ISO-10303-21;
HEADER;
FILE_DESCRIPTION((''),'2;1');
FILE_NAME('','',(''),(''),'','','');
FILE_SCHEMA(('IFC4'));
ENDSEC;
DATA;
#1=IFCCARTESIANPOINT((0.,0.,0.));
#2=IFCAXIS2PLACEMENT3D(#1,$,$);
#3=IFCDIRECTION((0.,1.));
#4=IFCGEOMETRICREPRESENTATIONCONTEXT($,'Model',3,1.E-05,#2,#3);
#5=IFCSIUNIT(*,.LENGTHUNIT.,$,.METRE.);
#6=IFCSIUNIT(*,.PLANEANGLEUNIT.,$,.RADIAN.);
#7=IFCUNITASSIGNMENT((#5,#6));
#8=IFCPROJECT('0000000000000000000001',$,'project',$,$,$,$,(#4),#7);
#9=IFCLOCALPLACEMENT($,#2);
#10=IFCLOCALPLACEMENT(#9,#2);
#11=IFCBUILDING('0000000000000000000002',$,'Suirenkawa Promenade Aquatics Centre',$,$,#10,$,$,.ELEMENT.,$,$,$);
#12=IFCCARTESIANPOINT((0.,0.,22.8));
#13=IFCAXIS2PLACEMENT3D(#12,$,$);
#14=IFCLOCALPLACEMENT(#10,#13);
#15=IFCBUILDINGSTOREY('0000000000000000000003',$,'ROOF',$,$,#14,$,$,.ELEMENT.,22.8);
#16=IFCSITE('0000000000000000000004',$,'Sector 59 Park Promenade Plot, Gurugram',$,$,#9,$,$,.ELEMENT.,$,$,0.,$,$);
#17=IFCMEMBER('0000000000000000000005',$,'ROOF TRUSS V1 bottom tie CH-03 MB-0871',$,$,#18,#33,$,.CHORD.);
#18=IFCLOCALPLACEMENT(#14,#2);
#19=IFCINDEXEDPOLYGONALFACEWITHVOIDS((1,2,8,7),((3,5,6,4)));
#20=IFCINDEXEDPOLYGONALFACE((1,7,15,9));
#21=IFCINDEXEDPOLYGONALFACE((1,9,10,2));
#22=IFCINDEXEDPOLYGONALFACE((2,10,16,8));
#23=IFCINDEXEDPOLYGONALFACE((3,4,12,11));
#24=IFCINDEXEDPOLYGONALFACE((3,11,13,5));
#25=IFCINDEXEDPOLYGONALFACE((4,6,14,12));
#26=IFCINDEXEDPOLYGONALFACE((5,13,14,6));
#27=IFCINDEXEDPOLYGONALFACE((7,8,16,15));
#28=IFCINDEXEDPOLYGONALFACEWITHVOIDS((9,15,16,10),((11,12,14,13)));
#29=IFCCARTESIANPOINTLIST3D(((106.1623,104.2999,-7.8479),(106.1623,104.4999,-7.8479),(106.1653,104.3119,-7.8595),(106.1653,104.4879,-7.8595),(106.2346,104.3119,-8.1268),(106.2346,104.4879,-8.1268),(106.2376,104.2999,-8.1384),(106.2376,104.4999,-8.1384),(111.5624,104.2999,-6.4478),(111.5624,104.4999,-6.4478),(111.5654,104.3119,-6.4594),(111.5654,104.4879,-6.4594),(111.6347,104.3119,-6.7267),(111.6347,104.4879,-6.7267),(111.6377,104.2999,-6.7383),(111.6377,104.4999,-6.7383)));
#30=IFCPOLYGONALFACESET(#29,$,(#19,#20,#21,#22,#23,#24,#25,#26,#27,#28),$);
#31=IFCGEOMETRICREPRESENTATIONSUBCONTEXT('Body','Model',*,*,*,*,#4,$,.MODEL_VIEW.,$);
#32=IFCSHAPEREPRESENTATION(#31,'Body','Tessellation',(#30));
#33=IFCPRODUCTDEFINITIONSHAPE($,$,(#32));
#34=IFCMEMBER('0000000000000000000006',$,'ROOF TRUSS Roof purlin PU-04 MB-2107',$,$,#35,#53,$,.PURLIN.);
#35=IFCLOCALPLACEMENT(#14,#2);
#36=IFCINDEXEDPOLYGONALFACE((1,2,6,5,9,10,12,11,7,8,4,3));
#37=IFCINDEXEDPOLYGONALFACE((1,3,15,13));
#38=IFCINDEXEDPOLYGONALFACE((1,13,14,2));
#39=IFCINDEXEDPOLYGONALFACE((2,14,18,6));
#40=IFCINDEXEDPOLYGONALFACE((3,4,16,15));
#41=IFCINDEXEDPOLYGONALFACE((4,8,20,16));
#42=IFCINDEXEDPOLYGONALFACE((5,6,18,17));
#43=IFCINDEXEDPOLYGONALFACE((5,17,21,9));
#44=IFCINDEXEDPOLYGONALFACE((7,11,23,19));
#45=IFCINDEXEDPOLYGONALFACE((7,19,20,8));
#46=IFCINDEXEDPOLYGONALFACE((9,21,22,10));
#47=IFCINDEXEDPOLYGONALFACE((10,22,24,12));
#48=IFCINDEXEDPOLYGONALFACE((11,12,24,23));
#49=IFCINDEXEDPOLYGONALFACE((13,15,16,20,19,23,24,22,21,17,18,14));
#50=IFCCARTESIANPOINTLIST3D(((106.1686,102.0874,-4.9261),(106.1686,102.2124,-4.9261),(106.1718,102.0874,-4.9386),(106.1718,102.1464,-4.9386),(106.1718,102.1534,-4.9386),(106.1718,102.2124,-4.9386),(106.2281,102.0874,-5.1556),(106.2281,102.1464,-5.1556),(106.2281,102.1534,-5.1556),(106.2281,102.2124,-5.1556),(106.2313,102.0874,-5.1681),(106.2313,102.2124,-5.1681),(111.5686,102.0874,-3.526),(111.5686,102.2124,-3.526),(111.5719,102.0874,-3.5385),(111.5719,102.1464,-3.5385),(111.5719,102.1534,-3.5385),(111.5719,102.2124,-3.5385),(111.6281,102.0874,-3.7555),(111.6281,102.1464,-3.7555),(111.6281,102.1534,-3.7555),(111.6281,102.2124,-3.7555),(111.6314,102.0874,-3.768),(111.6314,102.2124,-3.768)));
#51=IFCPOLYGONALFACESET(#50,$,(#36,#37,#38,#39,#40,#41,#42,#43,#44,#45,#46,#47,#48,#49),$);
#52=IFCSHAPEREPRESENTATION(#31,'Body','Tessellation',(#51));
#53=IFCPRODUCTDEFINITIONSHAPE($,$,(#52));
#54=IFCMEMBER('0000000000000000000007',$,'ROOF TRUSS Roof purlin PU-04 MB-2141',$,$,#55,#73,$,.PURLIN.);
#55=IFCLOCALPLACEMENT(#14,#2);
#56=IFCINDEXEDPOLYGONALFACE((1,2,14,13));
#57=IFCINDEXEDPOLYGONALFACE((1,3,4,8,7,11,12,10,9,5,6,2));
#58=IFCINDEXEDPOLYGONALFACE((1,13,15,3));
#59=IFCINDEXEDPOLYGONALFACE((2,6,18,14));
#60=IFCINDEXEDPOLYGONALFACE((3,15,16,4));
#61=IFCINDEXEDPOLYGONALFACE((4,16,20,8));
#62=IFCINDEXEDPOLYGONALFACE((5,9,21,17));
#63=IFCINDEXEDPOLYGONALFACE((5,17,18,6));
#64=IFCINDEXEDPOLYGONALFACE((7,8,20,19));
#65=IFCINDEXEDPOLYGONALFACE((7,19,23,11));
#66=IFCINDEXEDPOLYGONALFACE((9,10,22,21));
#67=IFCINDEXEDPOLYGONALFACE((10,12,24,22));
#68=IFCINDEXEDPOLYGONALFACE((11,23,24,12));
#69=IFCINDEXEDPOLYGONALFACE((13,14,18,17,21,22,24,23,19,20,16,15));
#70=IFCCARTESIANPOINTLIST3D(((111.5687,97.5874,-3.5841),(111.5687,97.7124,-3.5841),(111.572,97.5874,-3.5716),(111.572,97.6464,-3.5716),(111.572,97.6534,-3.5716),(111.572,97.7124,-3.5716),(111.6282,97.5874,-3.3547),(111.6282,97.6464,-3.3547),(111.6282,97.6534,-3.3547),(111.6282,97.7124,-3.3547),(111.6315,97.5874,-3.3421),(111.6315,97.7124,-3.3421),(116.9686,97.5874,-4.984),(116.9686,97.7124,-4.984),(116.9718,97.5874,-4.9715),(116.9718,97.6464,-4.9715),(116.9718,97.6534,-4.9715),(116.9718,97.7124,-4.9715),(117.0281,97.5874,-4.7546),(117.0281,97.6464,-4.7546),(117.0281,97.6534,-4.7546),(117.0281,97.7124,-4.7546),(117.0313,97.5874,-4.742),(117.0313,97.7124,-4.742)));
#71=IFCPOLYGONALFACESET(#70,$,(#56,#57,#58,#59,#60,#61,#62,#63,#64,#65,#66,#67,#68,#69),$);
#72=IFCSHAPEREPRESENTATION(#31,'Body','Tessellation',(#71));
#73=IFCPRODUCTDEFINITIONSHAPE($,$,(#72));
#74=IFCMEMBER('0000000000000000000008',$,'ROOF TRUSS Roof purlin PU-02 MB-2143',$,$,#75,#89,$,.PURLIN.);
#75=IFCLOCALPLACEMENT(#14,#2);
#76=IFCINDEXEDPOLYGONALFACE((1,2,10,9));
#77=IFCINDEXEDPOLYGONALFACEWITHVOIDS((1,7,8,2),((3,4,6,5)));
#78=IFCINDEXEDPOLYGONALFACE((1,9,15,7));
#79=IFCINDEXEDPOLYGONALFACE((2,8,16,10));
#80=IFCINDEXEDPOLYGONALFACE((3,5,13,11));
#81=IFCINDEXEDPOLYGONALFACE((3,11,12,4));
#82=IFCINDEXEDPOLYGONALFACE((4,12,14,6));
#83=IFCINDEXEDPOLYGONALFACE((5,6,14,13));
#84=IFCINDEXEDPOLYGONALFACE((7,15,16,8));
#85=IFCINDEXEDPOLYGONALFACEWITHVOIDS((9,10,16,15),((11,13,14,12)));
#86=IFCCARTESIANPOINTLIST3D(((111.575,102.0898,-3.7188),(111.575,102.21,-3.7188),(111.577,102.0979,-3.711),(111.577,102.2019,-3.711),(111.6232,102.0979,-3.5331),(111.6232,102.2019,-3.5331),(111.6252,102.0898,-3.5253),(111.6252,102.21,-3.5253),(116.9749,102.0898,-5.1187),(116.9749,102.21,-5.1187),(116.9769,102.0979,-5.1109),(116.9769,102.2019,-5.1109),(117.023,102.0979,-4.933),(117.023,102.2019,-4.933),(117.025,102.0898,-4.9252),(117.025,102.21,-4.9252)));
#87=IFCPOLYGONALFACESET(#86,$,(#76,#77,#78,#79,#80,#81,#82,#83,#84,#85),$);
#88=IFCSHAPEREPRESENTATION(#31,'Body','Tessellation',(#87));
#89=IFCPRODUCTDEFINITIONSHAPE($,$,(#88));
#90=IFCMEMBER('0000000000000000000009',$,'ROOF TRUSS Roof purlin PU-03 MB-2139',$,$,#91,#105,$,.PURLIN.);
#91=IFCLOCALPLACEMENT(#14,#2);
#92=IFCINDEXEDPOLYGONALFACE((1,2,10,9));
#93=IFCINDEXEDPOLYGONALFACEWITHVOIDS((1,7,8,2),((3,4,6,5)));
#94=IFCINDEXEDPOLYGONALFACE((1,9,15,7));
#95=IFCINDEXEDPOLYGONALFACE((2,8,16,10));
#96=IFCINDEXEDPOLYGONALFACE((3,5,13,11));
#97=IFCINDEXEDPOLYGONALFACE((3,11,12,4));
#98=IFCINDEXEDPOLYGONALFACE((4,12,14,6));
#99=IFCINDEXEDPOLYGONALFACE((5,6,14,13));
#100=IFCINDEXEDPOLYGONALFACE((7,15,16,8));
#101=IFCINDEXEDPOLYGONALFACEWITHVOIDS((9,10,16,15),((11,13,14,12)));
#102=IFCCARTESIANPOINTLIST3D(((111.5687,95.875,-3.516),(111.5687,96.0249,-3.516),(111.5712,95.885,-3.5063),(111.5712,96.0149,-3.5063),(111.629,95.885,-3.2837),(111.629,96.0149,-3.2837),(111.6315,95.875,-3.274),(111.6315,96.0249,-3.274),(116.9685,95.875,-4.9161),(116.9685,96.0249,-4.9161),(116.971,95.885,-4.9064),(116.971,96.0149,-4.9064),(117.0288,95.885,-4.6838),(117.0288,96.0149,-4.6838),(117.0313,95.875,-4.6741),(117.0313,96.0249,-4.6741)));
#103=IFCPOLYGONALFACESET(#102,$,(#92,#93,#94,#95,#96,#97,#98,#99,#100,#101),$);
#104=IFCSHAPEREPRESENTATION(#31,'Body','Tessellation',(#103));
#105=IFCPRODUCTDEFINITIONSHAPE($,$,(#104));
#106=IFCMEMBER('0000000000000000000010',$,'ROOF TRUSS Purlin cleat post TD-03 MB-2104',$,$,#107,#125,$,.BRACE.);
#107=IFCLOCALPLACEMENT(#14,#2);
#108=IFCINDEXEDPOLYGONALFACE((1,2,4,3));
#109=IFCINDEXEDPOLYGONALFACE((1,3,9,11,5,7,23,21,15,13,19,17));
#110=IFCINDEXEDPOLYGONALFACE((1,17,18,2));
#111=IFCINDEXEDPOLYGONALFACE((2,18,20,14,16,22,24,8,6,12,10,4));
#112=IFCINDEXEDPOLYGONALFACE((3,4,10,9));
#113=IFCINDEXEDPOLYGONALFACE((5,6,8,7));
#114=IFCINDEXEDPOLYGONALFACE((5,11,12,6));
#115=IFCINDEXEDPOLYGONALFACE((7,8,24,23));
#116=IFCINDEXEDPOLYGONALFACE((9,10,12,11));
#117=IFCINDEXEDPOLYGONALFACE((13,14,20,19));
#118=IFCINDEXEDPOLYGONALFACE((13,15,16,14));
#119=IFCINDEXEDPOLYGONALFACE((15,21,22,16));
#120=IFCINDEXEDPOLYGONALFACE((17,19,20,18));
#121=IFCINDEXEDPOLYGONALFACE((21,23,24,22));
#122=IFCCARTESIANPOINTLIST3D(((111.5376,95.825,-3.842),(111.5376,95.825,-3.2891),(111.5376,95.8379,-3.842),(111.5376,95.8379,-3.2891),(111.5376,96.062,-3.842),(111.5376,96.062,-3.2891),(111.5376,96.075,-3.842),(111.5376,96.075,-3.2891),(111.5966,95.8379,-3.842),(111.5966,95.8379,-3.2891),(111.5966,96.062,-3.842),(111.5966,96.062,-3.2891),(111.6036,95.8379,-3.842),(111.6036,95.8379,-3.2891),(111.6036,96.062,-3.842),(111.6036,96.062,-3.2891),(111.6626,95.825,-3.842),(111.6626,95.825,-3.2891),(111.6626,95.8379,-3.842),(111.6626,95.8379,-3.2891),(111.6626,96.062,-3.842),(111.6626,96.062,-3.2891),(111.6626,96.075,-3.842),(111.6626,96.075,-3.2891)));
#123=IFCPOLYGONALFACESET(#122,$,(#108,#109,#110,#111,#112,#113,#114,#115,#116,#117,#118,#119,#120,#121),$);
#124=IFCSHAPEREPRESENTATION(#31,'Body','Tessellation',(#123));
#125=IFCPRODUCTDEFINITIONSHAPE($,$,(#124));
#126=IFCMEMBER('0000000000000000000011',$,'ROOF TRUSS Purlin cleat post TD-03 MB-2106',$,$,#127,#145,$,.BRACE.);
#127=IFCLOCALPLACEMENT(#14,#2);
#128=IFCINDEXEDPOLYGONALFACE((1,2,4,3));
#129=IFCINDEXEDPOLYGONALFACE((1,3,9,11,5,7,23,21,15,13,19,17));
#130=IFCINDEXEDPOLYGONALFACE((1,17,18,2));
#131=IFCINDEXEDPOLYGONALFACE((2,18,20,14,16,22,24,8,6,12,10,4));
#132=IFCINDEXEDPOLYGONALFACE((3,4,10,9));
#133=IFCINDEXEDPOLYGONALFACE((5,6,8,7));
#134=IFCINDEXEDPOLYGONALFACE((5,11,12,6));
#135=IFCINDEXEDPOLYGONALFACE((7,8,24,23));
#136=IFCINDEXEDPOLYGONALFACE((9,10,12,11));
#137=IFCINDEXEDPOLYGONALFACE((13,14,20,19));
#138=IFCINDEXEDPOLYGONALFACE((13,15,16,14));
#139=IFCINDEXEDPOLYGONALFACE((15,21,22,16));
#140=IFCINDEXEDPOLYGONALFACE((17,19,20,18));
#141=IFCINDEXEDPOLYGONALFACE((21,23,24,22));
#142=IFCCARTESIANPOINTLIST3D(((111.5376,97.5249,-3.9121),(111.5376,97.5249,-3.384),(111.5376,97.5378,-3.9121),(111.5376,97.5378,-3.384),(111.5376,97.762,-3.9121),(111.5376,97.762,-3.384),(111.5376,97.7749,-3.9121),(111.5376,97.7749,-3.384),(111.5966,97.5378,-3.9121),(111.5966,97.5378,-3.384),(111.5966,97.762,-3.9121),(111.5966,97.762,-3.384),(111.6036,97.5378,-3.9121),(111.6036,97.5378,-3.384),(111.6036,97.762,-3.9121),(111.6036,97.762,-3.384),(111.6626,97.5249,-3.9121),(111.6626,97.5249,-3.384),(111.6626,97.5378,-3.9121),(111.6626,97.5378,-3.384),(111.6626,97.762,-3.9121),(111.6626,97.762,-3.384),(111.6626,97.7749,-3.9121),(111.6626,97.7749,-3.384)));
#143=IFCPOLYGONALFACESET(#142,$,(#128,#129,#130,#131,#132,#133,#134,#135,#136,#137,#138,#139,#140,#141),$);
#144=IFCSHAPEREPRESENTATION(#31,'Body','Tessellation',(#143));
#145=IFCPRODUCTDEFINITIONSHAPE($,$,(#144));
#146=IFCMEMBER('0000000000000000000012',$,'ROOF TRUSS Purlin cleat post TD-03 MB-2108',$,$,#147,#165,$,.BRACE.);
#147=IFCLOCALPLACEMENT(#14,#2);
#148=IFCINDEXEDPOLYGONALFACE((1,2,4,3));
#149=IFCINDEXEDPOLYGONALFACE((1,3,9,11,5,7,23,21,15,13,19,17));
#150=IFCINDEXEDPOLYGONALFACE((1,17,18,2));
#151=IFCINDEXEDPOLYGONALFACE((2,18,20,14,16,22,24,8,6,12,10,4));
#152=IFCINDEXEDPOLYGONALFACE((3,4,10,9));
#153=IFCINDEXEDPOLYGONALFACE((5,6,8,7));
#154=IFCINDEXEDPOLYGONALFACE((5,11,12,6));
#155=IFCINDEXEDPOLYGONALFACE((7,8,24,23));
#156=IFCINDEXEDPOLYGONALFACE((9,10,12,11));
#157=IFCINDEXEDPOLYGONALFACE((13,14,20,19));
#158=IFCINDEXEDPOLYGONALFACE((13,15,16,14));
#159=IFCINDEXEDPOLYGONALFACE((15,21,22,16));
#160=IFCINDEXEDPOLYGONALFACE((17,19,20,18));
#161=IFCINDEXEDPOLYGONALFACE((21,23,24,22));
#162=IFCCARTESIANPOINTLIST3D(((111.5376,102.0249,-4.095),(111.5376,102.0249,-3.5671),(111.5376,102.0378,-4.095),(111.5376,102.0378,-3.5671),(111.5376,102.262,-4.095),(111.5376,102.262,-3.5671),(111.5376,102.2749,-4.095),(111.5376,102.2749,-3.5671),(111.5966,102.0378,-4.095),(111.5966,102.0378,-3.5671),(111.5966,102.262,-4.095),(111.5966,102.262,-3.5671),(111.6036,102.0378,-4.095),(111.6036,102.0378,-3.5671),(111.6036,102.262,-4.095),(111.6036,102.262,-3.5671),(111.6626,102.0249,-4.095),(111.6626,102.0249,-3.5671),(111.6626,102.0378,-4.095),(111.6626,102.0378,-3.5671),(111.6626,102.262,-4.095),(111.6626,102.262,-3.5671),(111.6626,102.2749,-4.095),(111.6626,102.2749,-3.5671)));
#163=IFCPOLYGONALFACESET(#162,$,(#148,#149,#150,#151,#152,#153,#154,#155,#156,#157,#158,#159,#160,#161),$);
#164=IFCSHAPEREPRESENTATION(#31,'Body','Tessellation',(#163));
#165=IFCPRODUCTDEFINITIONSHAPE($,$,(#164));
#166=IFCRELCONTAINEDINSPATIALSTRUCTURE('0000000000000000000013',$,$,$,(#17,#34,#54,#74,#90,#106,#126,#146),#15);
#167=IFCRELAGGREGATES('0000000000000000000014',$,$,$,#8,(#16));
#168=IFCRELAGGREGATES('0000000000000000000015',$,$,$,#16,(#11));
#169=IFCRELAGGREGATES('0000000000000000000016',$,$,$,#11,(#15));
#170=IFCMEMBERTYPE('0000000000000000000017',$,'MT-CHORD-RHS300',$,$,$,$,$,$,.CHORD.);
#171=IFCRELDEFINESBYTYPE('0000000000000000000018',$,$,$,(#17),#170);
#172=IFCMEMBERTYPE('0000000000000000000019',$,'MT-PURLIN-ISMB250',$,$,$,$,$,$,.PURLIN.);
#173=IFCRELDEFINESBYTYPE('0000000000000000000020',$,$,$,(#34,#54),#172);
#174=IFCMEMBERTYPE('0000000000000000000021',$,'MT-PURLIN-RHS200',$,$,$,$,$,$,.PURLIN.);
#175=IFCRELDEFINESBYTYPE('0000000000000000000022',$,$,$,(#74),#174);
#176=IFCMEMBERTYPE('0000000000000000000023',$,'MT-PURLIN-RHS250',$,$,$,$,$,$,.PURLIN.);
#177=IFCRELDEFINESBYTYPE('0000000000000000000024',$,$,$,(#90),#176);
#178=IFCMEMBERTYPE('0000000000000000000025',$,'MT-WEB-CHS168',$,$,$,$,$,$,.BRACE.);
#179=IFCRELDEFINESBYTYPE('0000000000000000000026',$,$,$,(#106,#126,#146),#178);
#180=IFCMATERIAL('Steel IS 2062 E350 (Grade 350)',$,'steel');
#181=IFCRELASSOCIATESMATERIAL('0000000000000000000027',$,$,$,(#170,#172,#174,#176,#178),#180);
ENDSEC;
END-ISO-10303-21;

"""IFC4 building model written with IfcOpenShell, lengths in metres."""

from ifc_helpers import new_model, si_unit, direction, frame, origin, origin_2d, place, context, subcontext, project, spatial, hollow_rectangle, i_section, extrude, material, material_profile, profile_set, type_object, element, save


model = new_model("IFC4")

# Units and contexts
model_context = context("Model", 3, precision=1e-05, world=origin(), true_north=direction((0.0, 1.0)))
body_context = subcontext(model_context, "Body", "Model", "MODEL_VIEW")
ifc_project = project(units=[si_unit("LENGTHUNIT", "METRE"), si_unit("PLANEANGLEUNIT", "RADIAN")], contexts=[model_context])

# Site, building, storey
site_placement = place(None, origin())
site = spatial("IfcSite", under=ifc_project, at=site_placement, Name="Sector 59 Park Promenade Plot, Gurugram", CompositionType="ELEMENT", RefElevation=0.0)
building_placement = place(site_placement, origin())
building = spatial("IfcBuilding", under=site, at=building_placement, Name="Suirenkawa Promenade Aquatics Centre", CompositionType="ELEMENT")
storey_placement = place(building_placement, frame((0.0, 0.0, 22.8)))
storey = spatial("IfcBuildingStorey", under=building, at=storey_placement, Name="ROOF", CompositionType="ELEMENT", Elevation=22.8)

# Shared definitions
ifc_material = material(Name="Steel IS 2062 E350 (Grade 350)", Category="steel")

# Members
ifc_material_profile_1 = material_profile(ifc_material, hollow_rectangle(XDim=0.2, YDim=0.3, WallThickness=0.012, at=origin_2d()), Name="RHS 300x200x12", Category="steel")
ifc_profile_set_1 = profile_set([ifc_material_profile_1], Name="Steel IS 2062 E350 (Grade 350)")
member_type_1 = type_object("IfcMemberType", Name="MT-CHORD-RHS300", PredefinedType="CHORD", material=ifc_profile_set_1)
member_1_placement = place(storey_placement, frame((106.2, 104.3999, -7.9932), z_axis=(0.967992, 0.0, 0.25098), x_axis=(0.0, 1.0, 0.0)))
element("IfcMember", 1, at=member_1_placement, inside=storey, type_object=member_type_1, Name="ROOF TRUSS V1 bottom tie CH-03 MB-0871", PredefinedType="CHORD", context=body_context, shape_type="SweptSolid", body=[
    extrude(hollow_rectangle(XDim=0.2, YDim=0.3, WallThickness=0.012, at=origin_2d()), origin(), (0.0, 0.0, 1.0), 5.5786),
])
ifc_material_profile_2 = material_profile(ifc_material, i_section(OverallWidth=0.125, OverallDepth=0.25, WebThickness=0.0071, FlangeThickness=0.0129, at=origin_2d()), Name="ISMB 250", Category="steel")
ifc_profile_set_2 = profile_set([ifc_material_profile_2], Name="Steel IS 2062 E350 (Grade 350)")
member_type_2 = type_object("IfcMemberType", Name="MT-PURLIN-ISMB250", PredefinedType="PURLIN", material=ifc_profile_set_2)
member_2_placement = place(storey_placement, frame((106.2, 102.1499, -5.0471), z_axis=(0.967992, 0.0, 0.25098), x_axis=(0.0, 1.0, 0.0)))
element("IfcMember", 2, at=member_2_placement, inside=storey, type_object=member_type_2, Name="ROOF TRUSS Roof purlin PU-04 MB-2107", PredefinedType="PURLIN", context=body_context, shape_type="SweptSolid", body=[
    extrude(i_section(OverallWidth=0.125, OverallDepth=0.25, WebThickness=0.0071, FlangeThickness=0.0129, at=origin_2d()), origin(), (0.0, 0.0, 1.0), 5.5786),
])
member_3_placement = place(storey_placement, frame((111.6001, 97.6499, -3.4631), z_axis=(0.968, 0.0, -0.25095), x_axis=(0.0, 1.0, 0.0)))
element("IfcMember", 3, at=member_3_placement, inside=storey, type_object=member_type_2, Name="ROOF TRUSS Roof purlin PU-04 MB-2141", PredefinedType="PURLIN", context=body_context, shape_type="SweptSolid", body=[
    extrude(i_section(OverallWidth=0.125, OverallDepth=0.25, WebThickness=0.0071, FlangeThickness=0.0129, at=origin_2d()), origin(), (0.0, 0.0, 1.0), 5.5784),
])
ifc_material_profile_3 = material_profile(ifc_material, hollow_rectangle(XDim=0.1201, YDim=0.2, WallThickness=0.0081, at=origin_2d()), Name="RHS 200x120x8", Category="steel")
ifc_profile_set_3 = profile_set([ifc_material_profile_3], Name="Steel IS 2062 E350 (Grade 350)")
member_type_3 = type_object("IfcMemberType", Name="MT-PURLIN-RHS200", PredefinedType="PURLIN", material=ifc_profile_set_3)
member_4_placement = place(storey_placement, frame((111.6001, 102.1499, -3.6221), z_axis=(0.968, 0.0, -0.25095), x_axis=(0.0, 1.0, 0.0)))
element("IfcMember", 4, at=member_4_placement, inside=storey, type_object=member_type_3, Name="ROOF TRUSS Roof purlin PU-02 MB-2143", PredefinedType="PURLIN", context=body_context, shape_type="SweptSolid", body=[
    extrude(hollow_rectangle(XDim=0.1201, YDim=0.2, WallThickness=0.0081, at=origin_2d()), origin(), (0.0, 0.0, 1.0), 5.5784),
])
ifc_material_profile_4 = material_profile(ifc_material, hollow_rectangle(XDim=0.1499, YDim=0.25, WallThickness=0.01, at=origin_2d()), Name="RHS 250x150x10", Category="steel")
ifc_profile_set_4 = profile_set([ifc_material_profile_4], Name="Steel IS 2062 E350 (Grade 350)")
member_type_4 = type_object("IfcMemberType", Name="MT-PURLIN-RHS250", PredefinedType="PURLIN", material=ifc_profile_set_4)
member_5_placement = place(storey_placement, frame((111.6001, 95.95, -3.395), z_axis=(0.967989, 0.0, -0.250991), x_axis=(0.0, 1.0, 0.0)))
element("IfcMember", 5, at=member_5_placement, inside=storey, type_object=member_type_4, Name="ROOF TRUSS Roof purlin PU-03 MB-2139", PredefinedType="PURLIN", context=body_context, shape_type="SweptSolid", body=[
    extrude(hollow_rectangle(XDim=0.1499, YDim=0.25, WallThickness=0.01, at=origin_2d()), origin(), (0.0, 0.0, 1.0), 5.5784),
])
ifc_material_profile_5 = material_profile(ifc_material, i_section(OverallWidth=0.125, OverallDepth=0.25, WebThickness=0.0071, FlangeThickness=0.0129, at=origin_2d()), Name="ISMB 250", Category="steel")
ifc_profile_set_5 = profile_set([ifc_material_profile_5], Name="Steel IS 2062 E350 (Grade 350)")
member_type_5 = type_object("IfcMemberType", Name="MT-WEB-CHS168", PredefinedType="BRACE", material=ifc_profile_set_5)
member_6_placement = place(storey_placement, frame((111.6001, 95.95, -3.842), z_axis=(0.0, 0.0, 1.0), x_axis=(1.0, 0.0, 0.0)))
element("IfcMember", 6, at=member_6_placement, inside=storey, type_object=member_type_5, Name="ROOF TRUSS Purlin cleat post TD-03 MB-2104", PredefinedType="BRACE", context=body_context, shape_type="SweptSolid", body=[
    extrude(i_section(OverallWidth=0.125, OverallDepth=0.25, WebThickness=0.0071, FlangeThickness=0.0129, at=origin_2d()), origin(), (0.0, 0.0, 1.0), 0.553),
])
member_7_placement = place(storey_placement, frame((111.6001, 97.6499, -3.9121), z_axis=(0.0, 0.0, 1.0), x_axis=(1.0, 0.0, 0.0)))
element("IfcMember", 7, at=member_7_placement, inside=storey, type_object=member_type_5, Name="ROOF TRUSS Purlin cleat post TD-03 MB-2106", PredefinedType="BRACE", context=body_context, shape_type="SweptSolid", body=[
    extrude(i_section(OverallWidth=0.125, OverallDepth=0.25, WebThickness=0.0071, FlangeThickness=0.0129, at=origin_2d()), origin(), (0.0, 0.0, 1.0), 0.5281),
])
member_8_placement = place(storey_placement, frame((111.6001, 102.1499, -4.095), z_axis=(0.0, 0.0, 1.0), x_axis=(1.0, 0.0, 0.0)))
element("IfcMember", 8, at=member_8_placement, inside=storey, type_object=member_type_5, Name="ROOF TRUSS Purlin cleat post TD-03 MB-2108", PredefinedType="BRACE", context=body_context, shape_type="SweptSolid", body=[
    extrude(i_section(OverallWidth=0.125, OverallDepth=0.25, WebThickness=0.0071, FlangeThickness=0.0129, at=origin_2d()), origin(), (0.0, 0.0, 1.0), 0.5278),
])

save(model, "model.ifc")
